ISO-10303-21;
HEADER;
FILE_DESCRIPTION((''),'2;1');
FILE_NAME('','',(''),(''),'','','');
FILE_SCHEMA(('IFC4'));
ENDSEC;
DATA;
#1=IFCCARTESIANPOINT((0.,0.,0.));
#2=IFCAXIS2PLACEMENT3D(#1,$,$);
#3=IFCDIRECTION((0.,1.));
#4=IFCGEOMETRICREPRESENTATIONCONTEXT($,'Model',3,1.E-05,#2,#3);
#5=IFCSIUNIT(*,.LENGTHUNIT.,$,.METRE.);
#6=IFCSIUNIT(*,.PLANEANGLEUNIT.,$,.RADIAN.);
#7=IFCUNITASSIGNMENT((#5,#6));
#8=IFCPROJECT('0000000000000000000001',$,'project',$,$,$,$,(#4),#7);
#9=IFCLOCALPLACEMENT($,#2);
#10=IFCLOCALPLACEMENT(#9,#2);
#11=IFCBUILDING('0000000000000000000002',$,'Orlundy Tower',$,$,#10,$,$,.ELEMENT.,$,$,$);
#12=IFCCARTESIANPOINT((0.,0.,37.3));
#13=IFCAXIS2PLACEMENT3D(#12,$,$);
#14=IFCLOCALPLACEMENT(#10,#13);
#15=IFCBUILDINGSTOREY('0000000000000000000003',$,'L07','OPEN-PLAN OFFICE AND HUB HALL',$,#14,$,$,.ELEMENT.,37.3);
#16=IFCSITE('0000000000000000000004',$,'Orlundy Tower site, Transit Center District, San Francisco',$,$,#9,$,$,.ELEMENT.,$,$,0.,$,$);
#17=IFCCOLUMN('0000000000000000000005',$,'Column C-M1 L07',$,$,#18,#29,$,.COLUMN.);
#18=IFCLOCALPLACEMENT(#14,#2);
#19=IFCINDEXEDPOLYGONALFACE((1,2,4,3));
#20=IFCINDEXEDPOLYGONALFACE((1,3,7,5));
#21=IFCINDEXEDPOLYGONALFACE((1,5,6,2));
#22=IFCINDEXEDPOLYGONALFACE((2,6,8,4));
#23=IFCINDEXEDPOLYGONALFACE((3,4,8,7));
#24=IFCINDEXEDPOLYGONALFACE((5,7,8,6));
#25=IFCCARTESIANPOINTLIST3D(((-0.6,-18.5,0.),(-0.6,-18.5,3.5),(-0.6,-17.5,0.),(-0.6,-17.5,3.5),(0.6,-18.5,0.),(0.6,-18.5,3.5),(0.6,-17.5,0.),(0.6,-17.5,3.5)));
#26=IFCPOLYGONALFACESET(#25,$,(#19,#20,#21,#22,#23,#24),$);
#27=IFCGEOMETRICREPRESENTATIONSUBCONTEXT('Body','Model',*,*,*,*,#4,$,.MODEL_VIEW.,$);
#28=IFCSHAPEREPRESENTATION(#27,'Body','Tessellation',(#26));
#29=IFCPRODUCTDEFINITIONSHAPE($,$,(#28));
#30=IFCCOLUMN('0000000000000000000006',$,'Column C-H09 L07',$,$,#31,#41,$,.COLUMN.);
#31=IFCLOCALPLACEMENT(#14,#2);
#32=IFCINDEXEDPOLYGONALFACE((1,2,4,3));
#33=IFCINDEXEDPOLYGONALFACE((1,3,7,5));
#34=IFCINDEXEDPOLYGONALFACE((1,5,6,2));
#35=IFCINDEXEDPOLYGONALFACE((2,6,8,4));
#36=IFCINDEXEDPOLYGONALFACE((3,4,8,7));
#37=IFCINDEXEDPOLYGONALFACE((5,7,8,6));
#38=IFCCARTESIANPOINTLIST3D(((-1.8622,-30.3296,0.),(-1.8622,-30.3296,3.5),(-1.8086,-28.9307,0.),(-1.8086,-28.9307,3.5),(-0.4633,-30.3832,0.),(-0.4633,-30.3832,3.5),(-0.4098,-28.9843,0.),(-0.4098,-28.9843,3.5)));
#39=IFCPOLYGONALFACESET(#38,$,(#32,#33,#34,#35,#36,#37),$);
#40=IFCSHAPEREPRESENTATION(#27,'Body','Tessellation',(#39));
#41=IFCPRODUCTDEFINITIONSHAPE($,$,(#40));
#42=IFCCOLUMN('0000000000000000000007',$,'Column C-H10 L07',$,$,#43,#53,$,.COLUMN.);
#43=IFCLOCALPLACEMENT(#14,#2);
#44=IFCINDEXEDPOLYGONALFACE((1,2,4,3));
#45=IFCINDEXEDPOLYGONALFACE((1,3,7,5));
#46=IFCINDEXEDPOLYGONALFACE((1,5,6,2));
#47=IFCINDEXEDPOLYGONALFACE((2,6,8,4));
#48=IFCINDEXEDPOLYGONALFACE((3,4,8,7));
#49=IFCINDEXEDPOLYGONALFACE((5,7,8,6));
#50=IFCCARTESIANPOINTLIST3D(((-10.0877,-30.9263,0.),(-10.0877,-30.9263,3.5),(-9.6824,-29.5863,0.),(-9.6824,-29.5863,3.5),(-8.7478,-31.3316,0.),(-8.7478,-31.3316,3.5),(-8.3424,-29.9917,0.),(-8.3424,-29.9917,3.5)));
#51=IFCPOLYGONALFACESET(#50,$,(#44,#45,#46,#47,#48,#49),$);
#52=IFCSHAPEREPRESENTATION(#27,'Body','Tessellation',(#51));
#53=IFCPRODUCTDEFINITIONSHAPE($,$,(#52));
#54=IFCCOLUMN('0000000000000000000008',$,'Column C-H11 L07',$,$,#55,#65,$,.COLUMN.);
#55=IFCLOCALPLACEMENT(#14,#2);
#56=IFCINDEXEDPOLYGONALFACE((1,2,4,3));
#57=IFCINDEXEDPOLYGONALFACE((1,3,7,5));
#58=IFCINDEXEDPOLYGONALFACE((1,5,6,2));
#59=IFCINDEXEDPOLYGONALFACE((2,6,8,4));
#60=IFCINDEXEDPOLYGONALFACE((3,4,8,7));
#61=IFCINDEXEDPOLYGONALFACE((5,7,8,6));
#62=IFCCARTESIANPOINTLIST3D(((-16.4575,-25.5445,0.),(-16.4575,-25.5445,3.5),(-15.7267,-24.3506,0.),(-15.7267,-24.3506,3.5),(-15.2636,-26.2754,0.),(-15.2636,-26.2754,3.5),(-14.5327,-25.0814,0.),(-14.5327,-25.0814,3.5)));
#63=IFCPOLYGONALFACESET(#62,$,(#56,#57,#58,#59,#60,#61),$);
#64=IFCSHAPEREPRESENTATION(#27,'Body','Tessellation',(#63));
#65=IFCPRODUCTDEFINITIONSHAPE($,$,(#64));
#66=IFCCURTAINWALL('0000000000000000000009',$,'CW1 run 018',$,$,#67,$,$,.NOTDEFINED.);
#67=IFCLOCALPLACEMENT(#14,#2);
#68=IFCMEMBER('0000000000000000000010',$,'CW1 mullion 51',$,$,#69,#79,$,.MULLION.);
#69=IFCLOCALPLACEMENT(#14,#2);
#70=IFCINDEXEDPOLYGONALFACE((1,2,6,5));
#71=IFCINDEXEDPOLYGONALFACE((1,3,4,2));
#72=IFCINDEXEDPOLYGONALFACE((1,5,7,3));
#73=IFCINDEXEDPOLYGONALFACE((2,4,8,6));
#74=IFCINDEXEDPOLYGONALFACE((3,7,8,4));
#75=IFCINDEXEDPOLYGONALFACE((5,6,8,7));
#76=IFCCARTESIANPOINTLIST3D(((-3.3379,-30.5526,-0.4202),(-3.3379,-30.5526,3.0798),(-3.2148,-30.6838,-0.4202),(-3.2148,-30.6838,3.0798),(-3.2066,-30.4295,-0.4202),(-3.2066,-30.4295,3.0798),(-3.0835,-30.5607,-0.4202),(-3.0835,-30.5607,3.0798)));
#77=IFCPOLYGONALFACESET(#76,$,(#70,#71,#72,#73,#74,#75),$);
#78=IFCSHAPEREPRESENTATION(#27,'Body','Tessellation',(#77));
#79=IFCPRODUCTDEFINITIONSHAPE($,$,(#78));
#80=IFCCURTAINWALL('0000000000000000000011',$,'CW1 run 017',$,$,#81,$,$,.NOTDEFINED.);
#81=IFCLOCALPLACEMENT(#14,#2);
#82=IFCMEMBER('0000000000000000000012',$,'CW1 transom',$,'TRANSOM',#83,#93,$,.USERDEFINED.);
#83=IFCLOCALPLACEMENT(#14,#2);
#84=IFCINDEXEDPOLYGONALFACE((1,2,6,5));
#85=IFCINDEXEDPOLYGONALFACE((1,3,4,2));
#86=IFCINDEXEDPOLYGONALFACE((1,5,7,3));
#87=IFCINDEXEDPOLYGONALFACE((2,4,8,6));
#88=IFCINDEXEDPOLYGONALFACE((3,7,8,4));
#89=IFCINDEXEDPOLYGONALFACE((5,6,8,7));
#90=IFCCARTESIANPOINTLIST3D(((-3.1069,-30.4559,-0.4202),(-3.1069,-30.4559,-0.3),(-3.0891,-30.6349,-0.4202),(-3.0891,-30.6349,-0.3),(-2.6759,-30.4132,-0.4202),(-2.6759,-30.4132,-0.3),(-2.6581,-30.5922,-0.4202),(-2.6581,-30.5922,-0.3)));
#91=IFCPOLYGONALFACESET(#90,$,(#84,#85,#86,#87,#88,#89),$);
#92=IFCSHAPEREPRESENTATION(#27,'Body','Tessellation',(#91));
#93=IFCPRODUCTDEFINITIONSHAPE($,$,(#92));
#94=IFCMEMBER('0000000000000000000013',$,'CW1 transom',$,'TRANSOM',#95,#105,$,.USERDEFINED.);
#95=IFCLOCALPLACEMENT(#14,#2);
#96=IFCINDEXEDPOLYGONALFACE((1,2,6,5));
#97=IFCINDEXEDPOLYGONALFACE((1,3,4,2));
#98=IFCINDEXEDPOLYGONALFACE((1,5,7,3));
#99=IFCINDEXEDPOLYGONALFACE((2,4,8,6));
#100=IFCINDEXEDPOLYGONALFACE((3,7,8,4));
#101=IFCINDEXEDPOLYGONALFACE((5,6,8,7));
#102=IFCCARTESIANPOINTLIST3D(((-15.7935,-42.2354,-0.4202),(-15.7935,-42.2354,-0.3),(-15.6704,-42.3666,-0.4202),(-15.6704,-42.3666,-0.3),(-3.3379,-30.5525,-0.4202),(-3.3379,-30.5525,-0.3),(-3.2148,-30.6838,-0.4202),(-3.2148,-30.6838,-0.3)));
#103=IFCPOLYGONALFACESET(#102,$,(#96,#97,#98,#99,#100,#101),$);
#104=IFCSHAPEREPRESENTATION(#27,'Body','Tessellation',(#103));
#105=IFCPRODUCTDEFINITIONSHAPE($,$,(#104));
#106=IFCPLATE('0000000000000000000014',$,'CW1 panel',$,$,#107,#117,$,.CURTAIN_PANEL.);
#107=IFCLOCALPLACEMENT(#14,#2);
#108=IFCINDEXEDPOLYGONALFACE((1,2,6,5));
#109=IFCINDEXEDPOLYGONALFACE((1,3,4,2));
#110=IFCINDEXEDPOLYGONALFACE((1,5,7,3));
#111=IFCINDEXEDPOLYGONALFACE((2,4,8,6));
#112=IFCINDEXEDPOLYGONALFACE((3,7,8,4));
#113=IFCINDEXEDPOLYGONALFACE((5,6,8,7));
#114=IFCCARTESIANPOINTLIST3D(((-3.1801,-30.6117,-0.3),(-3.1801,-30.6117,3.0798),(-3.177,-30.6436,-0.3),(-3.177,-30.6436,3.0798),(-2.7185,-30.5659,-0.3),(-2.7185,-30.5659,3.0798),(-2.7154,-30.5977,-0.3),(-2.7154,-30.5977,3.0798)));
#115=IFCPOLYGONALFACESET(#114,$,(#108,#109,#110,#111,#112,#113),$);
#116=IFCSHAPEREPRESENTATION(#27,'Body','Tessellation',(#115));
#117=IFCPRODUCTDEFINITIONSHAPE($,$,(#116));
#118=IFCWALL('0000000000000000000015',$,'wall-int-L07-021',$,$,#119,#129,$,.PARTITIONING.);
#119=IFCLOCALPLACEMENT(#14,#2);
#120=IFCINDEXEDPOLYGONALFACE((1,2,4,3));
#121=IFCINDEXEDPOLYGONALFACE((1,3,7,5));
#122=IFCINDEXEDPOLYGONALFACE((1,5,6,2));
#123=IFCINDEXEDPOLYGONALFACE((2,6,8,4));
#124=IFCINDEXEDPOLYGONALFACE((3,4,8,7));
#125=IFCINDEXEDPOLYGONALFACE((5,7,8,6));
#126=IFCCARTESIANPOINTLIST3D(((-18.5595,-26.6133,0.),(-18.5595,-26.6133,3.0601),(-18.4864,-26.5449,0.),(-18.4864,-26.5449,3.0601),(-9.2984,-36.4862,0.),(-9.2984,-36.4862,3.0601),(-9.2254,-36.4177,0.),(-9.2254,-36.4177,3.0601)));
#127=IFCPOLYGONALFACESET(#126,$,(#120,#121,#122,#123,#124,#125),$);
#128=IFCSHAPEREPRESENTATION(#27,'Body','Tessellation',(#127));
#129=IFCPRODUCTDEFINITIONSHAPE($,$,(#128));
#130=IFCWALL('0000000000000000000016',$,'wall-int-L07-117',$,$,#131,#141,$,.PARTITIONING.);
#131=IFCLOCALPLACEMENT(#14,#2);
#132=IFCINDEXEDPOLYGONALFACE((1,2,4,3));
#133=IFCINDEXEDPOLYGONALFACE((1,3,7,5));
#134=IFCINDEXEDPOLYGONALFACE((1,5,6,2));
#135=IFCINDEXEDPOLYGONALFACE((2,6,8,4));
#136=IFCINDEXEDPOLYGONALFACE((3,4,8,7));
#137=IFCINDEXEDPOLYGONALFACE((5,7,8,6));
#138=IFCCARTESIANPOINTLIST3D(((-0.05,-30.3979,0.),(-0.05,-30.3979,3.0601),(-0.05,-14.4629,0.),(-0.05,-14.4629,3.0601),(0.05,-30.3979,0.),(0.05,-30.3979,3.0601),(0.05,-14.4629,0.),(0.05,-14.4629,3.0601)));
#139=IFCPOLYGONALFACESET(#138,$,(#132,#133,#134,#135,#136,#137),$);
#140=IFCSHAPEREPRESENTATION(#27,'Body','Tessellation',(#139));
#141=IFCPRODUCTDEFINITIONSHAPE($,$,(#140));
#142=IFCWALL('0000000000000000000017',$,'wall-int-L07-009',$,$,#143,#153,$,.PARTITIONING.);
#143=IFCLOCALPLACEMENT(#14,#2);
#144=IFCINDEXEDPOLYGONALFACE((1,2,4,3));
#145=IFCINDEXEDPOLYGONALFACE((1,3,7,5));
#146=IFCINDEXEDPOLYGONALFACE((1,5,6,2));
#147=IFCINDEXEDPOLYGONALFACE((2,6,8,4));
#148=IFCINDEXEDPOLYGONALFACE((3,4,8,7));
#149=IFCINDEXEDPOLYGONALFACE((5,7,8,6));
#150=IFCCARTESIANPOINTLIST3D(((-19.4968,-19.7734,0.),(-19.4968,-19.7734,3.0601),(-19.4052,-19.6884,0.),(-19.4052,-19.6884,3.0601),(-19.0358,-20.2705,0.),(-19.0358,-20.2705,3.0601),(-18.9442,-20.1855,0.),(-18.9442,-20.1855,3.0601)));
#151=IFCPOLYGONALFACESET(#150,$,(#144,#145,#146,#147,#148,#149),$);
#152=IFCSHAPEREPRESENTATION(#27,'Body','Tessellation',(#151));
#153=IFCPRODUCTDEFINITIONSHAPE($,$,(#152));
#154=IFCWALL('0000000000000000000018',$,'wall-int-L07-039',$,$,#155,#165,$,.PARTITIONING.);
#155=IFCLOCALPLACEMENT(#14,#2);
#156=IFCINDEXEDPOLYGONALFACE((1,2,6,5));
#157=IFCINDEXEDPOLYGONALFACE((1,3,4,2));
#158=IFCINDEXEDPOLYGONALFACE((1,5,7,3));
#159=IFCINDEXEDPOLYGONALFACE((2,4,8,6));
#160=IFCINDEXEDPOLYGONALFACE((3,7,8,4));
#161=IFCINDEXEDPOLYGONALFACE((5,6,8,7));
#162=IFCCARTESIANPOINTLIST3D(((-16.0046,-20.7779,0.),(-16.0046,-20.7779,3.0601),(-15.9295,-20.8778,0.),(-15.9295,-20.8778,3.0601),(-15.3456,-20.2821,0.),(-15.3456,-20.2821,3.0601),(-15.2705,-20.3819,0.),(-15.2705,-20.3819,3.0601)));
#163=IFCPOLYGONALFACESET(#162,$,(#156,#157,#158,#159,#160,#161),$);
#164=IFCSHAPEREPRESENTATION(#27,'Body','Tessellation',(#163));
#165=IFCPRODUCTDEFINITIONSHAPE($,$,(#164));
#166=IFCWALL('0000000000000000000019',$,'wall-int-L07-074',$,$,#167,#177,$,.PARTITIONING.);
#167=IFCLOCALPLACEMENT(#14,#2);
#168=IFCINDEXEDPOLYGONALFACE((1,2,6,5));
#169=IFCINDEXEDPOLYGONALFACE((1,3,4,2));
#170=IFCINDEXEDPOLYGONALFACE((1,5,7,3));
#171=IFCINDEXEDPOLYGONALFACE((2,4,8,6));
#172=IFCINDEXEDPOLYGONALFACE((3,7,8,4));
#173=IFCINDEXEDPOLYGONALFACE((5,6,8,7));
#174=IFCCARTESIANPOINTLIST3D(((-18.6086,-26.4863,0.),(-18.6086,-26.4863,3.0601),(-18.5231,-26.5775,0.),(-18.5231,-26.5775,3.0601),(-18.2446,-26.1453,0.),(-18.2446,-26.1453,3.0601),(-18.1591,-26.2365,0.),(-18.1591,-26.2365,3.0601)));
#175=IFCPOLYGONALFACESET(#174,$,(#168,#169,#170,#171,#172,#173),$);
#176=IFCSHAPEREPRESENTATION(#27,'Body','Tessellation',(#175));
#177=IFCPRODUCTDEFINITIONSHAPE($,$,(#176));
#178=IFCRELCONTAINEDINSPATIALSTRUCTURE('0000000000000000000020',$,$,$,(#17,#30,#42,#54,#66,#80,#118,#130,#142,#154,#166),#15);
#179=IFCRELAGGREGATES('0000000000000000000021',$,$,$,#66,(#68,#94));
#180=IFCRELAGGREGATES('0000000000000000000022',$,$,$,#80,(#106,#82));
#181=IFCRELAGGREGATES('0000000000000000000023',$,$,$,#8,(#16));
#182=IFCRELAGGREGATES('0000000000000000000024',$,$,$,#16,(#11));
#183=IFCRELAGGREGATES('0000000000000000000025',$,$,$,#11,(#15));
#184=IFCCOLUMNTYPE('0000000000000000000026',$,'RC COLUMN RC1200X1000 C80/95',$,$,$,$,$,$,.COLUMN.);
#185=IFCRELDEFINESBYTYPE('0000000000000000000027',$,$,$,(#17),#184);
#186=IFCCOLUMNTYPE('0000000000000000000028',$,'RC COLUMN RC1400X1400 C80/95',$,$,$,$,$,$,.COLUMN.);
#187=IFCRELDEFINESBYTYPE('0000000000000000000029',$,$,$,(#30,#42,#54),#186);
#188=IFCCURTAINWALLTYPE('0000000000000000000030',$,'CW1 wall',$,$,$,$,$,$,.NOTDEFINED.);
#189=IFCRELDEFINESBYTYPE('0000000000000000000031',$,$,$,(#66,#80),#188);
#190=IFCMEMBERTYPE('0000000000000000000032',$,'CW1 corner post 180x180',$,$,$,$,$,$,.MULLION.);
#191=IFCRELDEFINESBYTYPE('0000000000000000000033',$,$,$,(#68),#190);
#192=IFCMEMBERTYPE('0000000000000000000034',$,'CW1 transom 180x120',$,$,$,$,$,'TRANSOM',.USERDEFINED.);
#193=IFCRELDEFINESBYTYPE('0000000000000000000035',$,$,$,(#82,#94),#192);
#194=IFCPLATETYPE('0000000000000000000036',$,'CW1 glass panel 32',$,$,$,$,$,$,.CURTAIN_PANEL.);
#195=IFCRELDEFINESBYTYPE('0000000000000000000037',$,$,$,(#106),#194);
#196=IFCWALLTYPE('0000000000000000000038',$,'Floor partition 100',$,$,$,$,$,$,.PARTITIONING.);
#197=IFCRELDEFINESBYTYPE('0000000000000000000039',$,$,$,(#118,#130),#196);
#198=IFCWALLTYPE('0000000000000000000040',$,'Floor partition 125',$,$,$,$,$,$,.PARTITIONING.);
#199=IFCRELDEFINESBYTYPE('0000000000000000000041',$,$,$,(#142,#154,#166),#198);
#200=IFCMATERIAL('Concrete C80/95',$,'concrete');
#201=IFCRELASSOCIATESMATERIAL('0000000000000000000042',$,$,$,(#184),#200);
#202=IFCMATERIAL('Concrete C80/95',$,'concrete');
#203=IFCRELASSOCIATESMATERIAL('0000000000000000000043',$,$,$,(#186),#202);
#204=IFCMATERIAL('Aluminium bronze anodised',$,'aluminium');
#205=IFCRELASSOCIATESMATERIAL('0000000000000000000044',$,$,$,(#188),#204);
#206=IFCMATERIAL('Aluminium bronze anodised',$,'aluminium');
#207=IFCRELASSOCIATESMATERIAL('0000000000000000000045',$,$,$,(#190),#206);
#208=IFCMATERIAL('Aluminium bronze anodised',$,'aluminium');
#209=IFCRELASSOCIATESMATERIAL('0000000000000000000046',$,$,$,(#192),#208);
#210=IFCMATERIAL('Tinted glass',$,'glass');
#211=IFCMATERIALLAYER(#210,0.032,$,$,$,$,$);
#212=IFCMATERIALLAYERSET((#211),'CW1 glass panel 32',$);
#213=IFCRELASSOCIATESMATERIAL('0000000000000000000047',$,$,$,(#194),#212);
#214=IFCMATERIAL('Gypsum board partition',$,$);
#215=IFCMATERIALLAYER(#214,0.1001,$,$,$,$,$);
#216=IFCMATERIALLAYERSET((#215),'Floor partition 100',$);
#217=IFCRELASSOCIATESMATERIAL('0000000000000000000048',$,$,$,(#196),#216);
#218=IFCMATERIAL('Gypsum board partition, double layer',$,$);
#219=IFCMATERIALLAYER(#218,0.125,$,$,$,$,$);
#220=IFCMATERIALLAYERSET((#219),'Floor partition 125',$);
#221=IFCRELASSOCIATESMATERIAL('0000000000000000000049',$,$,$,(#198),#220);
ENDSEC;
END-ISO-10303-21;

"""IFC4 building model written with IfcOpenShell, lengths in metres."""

from ifc_helpers import new_model, si_unit, direction, frame, frame_2d, origin, origin_2d, place, context, subcontext, project, spatial, rectangle, extrude, material, layer, layer_set, material_profile, profile_set, type_object, element, aggregate, save


model = new_model("IFC4")

# Units and contexts
model_context = context("Model", 3, precision=1e-05, world=origin(), true_north=direction((0.0, 1.0)))
body_context = subcontext(model_context, "Body", "Model", "MODEL_VIEW")
ifc_project = project(units=[si_unit("LENGTHUNIT", "METRE"), si_unit("PLANEANGLEUNIT", "RADIAN")], contexts=[model_context])

# Site, building, storey
site_placement = place(None, origin())
site = spatial("IfcSite", under=ifc_project, at=site_placement, Name="Orlundy Tower site, Transit Center District, San Francisco", CompositionType="ELEMENT", RefElevation=0.0)
building_placement = place(site_placement, origin())
building = spatial("IfcBuilding", under=site, at=building_placement, Name="Orlundy Tower", CompositionType="ELEMENT")
storey_placement = place(building_placement, frame((0.0, 0.0, 37.3)))
storey = spatial("IfcBuildingStorey", under=building, at=storey_placement, Name="L07", Description="OPEN-PLAN OFFICE AND HUB HALL", CompositionType="ELEMENT", Elevation=37.3)

# Columns
ifc_material_1 = material(Name="Concrete C80/95", Category="concrete")
ifc_material_profile_1 = material_profile(ifc_material_1, rectangle(XDim=1.2, YDim=1.0, at=origin_2d()), Name="RC1200X1000")
ifc_profile_set_1 = profile_set([ifc_material_profile_1], Name="Concrete C80/95")
column_type_1 = type_object("IfcColumnType", Name="RC COLUMN RC1200X1000 C80/95", PredefinedType="COLUMN", material=ifc_profile_set_1)
column_placement = place(storey_placement, frame((0.0, -18.0, 0.0), z_axis=(0.0, 0.0, 1.0), x_axis=(1.0, 0.0, 0.0)))
element("IfcColumn", 1, at=column_placement, inside=storey, type_object=column_type_1, Name="Column C-M1 L07", PredefinedType="COLUMN", context=body_context, shape_type="SweptSolid", body=[
    extrude(rectangle(XDim=1.2, YDim=1.0, at=origin_2d()), origin(), (0.0, 0.0, 1.0), 3.5),
])
ifc_material_2 = material(Name="Concrete C80/95", Category="concrete")
ifc_material_profile_2 = material_profile(ifc_material_2, rectangle(XDim=1.3999, YDim=1.3999, at=origin_2d()), Name="RC1400X1400")
ifc_profile_set_2 = profile_set([ifc_material_profile_2], Name="Concrete C80/95")
column_type_2 = type_object("IfcColumnType", Name="RC COLUMN RC1400X1400 C80/95", PredefinedType="COLUMN", material=ifc_profile_set_2)
for number, where, z_axis, x_axis, name in (
    (2, (-1.136, -29.657, 0.0), (0.0, 0.0, 1.0), (-0.038283, -0.999267, 0.0), "Column C-H09 L07"),
    (3, (-9.2151, -30.459, 0.0), (0.0, 0.0, 1.0), (-0.289583, -0.957153, 0.0), "Column C-H10 L07"),
    (4, (-15.4951, -25.313, 0.0), (0.0, 0.0, 1.0), (-0.522082, -0.852895, 0.0), "Column C-H11 L07"),
):
    element("IfcColumn", number, at=place(storey_placement, frame(where, z_axis=z_axis, x_axis=x_axis)), inside=storey, type_object=column_type_2, Name=name, PredefinedType="COLUMN", context=body_context, shape_type="SweptSolid", body=[
        extrude(rectangle(XDim=1.3999, YDim=1.3999, at=origin_2d()), origin(), (0.0, 0.0, 1.0), 3.5),
    ])

# Curtain walls, members
ifc_material_3 = material(Name="Aluminium bronze anodised", Category="aluminium")
curtain_wall_type = type_object("IfcCurtainWallType", Name="CW1 wall", PredefinedType="NOTDEFINED", material=ifc_material_3)
curtain_wall_1_placement = place(storey_placement, origin())
curtain_wall_1 = element("IfcCurtainWall", 5, at=curtain_wall_1_placement, inside=storey, type_object=curtain_wall_type, Name="CW1 run 018", PredefinedType="NOTDEFINED")
ifc_material_4 = material(Name="Aluminium bronze anodised", Category="aluminium")
ifc_material_profile_3 = material_profile(ifc_material_4, rectangle(XDim=0.1799, YDim=0.1799, at=origin_2d()), Name="CW1 corner post 180x180")
ifc_profile_set_3 = profile_set([ifc_material_profile_3], Name="Aluminium bronze anodised")
member_type_1 = type_object("IfcMemberType", Name="CW1 corner post 180x180", PredefinedType="MULLION", material=ifc_profile_set_3)
member_1_placement = place(storey_placement, frame((-3.2107, -30.5566, -0.4202), z_axis=(0.0, 0.0, 1.0), x_axis=(0.684124, -0.729365, 0.0)))
member_1 = element("IfcMember", 6, at=member_1_placement, type_object=member_type_1, Name="CW1 mullion 51", PredefinedType="MULLION", context=body_context, shape_type="SweptSolid", body=[
    extrude(rectangle(XDim=0.1799, YDim=0.1799, at=origin_2d()), origin(), (0.0, 0.0, 1.0), 3.5),
])
curtain_wall_2_placement = place(storey_placement, origin())
curtain_wall_2 = element("IfcCurtainWall", 7, at=curtain_wall_2_placement, inside=storey, type_object=curtain_wall_type, Name="CW1 run 017", PredefinedType="NOTDEFINED")
ifc_material_5 = material(Name="Aluminium bronze anodised", Category="aluminium")
ifc_material_profile_4 = material_profile(ifc_material_5, rectangle(XDim=0.1799, YDim=0.1201, at=origin_2d()), Name="CW1 transom 180x120")
ifc_profile_set_4 = profile_set([ifc_material_profile_4], Name="Aluminium bronze anodised")
member_type_2 = type_object("IfcMemberType", Name="CW1 transom 180x120", ElementType="TRANSOM", PredefinedType="USERDEFINED", material=ifc_profile_set_4)
member_2_placement = place(storey_placement, frame((-2.667, -30.5027, -0.3601), z_axis=(-0.995121, -0.098666, 0.0), x_axis=(0.098666, -0.995121, 0.0)))
member_2 = element("IfcMember", 8, at=member_2_placement, type_object=member_type_2, Name="CW1 transom", ObjectType="TRANSOM", PredefinedType="USERDEFINED", context=body_context, shape_type="SweptSolid", body=[
    extrude(rectangle(XDim=0.1799, YDim=0.1201, at=origin_2d()), origin(), (0.0, 0.0, 1.0), 0.4331),
])

# Member
member_3_placement = place(storey_placement, frame((-3.2764, -30.6182, -0.3601), z_axis=(-0.729369, -0.684121, 0.0), x_axis=(0.684121, -0.729369, 0.0)))
member_3 = element("IfcMember", 9, at=member_3_placement, type_object=member_type_2, Name="CW1 transom", ObjectType="TRANSOM", PredefinedType="USERDEFINED", context=body_context, shape_type="SweptSolid", body=[
    extrude(rectangle(XDim=0.1799, YDim=0.1201, at=origin_2d()), origin(), (0.0, 0.0, 1.0), 17.0771),
])
aggregate(curtain_wall_1, [member_1, member_3])

# Plate
ifc_material_6 = material(Name="Tinted glass", Category="glass")
ifc_layer_1 = layer(ifc_material_6, 0.032)
ifc_layer_set_1 = layer_set([ifc_layer_1], Name="CW1 glass panel 32")
plate_type = type_object("IfcPlateType", Name="CW1 glass panel 32", PredefinedType="CURTAIN_PANEL", material=ifc_layer_set_1)
plate_placement = place(storey_placement, frame((-2.9478, -30.6047, -0.3), z_axis=(0.0, 0.0, 1.0), x_axis=(-0.995112, -0.09875, 0.0)))
plate = element("IfcPlate", 10, at=plate_placement, type_object=plate_type, Name="CW1 panel", PredefinedType="CURTAIN_PANEL", context=body_context, shape_type="SweptSolid", body=[
    extrude(rectangle(XDim=0.4639, YDim=0.032, at=origin_2d()), origin(), (0.0, 0.0, 1.0), 3.3799),
])
aggregate(curtain_wall_2, [plate, member_2])

# Walls
ifc_material_7 = material(Name="Gypsum board partition")
ifc_layer_2 = layer(ifc_material_7, 0.1001)
ifc_layer_set_2 = layer_set([ifc_layer_2], Name="Floor partition 100")
wall_type_1 = type_object("IfcWallType", Name="Floor partition 100", PredefinedType="PARTITIONING", material=ifc_layer_set_2)
wall_1_placement = place(storey_placement, frame((-18.5229, -26.5791, 0.0), z_axis=(0.0, 0.0, 1.0), x_axis=(0.684147, -0.729344, 0.0)))
element("IfcWall", 11, at=wall_1_placement, inside=storey, type_object=wall_type_1, Name="wall-int-L07-021", PredefinedType="PARTITIONING", context=body_context, shape_type="SweptSolid", body=[
    extrude(rectangle(XDim=13.5366, YDim=0.1001, at=frame_2d((6.7683, 0.0))), origin(), (0.0, 0.0, 1.0), 3.0601),
])
wall_2_placement = place(storey_placement, frame((0.0, -30.3979, 0.0), z_axis=(0.0, 0.0, 1.0), x_axis=(0.0, 1.0, 0.0)))
element("IfcWall", 12, at=wall_2_placement, inside=storey, type_object=wall_type_1, Name="wall-int-L07-117", PredefinedType="PARTITIONING", context=body_context, shape_type="SweptSolid", body=[
    extrude(rectangle(XDim=15.9351, YDim=0.1001, at=frame_2d((7.9675, 0.0))), origin(), (0.0, 0.0, 1.0), 3.0601),
])
ifc_material_8 = material(Name="Gypsum board partition, double layer")
ifc_layer_3 = layer(ifc_material_8, 0.125)
ifc_layer_set_3 = layer_set([ifc_layer_3], Name="Floor partition 125")
wall_type_2 = type_object("IfcWallType", Name="Floor partition 125", PredefinedType="PARTITIONING", material=ifc_layer_set_3)
wall_3_placement = place(storey_placement, frame((-19.4509, -19.731, 0.0), z_axis=(0.0, 0.0, 1.0), x_axis=(0.679954, -0.733255, 0.0)))
element("IfcWall", 13, at=wall_3_placement, inside=storey, type_object=wall_type_2, Name="wall-int-L07-009", PredefinedType="PARTITIONING", context=body_context, shape_type="SweptSolid", body=[
    extrude(rectangle(XDim=0.678, YDim=0.125, at=frame_2d((0.3389, 0.0))), origin(), (0.0, 0.0, 1.0), 3.0601),
])
wall_4_placement = place(storey_placement, frame((-15.967, -20.8279, 0.0), z_axis=(0.0, 0.0, 1.0), x_axis=(0.79904, 0.601278, 0.0)))
element("IfcWall", 14, at=wall_4_placement, inside=storey, type_object=wall_type_2, Name="wall-int-L07-039", PredefinedType="PARTITIONING", context=body_context, shape_type="SweptSolid", body=[
    extrude(rectangle(XDim=0.8247, YDim=0.125, at=frame_2d((0.4124, 0.0))), origin(), (0.0, 0.0, 1.0), 3.0601),
])
wall_5_placement = place(storey_placement, frame((-18.5659, -26.532, 0.0), z_axis=(0.0, 0.0, 1.0), x_axis=(0.729736, 0.683729, 0.0)))
element("IfcWall", 15, at=wall_5_placement, inside=storey, type_object=wall_type_2, Name="wall-int-L07-074", PredefinedType="PARTITIONING", context=body_context, shape_type="SweptSolid", body=[
    extrude(rectangle(XDim=0.4988, YDim=0.125, at=frame_2d((0.2495, 0.0))), origin(), (0.0, 0.0, 1.0), 3.0601),
])

save(model, "model.ifc")
